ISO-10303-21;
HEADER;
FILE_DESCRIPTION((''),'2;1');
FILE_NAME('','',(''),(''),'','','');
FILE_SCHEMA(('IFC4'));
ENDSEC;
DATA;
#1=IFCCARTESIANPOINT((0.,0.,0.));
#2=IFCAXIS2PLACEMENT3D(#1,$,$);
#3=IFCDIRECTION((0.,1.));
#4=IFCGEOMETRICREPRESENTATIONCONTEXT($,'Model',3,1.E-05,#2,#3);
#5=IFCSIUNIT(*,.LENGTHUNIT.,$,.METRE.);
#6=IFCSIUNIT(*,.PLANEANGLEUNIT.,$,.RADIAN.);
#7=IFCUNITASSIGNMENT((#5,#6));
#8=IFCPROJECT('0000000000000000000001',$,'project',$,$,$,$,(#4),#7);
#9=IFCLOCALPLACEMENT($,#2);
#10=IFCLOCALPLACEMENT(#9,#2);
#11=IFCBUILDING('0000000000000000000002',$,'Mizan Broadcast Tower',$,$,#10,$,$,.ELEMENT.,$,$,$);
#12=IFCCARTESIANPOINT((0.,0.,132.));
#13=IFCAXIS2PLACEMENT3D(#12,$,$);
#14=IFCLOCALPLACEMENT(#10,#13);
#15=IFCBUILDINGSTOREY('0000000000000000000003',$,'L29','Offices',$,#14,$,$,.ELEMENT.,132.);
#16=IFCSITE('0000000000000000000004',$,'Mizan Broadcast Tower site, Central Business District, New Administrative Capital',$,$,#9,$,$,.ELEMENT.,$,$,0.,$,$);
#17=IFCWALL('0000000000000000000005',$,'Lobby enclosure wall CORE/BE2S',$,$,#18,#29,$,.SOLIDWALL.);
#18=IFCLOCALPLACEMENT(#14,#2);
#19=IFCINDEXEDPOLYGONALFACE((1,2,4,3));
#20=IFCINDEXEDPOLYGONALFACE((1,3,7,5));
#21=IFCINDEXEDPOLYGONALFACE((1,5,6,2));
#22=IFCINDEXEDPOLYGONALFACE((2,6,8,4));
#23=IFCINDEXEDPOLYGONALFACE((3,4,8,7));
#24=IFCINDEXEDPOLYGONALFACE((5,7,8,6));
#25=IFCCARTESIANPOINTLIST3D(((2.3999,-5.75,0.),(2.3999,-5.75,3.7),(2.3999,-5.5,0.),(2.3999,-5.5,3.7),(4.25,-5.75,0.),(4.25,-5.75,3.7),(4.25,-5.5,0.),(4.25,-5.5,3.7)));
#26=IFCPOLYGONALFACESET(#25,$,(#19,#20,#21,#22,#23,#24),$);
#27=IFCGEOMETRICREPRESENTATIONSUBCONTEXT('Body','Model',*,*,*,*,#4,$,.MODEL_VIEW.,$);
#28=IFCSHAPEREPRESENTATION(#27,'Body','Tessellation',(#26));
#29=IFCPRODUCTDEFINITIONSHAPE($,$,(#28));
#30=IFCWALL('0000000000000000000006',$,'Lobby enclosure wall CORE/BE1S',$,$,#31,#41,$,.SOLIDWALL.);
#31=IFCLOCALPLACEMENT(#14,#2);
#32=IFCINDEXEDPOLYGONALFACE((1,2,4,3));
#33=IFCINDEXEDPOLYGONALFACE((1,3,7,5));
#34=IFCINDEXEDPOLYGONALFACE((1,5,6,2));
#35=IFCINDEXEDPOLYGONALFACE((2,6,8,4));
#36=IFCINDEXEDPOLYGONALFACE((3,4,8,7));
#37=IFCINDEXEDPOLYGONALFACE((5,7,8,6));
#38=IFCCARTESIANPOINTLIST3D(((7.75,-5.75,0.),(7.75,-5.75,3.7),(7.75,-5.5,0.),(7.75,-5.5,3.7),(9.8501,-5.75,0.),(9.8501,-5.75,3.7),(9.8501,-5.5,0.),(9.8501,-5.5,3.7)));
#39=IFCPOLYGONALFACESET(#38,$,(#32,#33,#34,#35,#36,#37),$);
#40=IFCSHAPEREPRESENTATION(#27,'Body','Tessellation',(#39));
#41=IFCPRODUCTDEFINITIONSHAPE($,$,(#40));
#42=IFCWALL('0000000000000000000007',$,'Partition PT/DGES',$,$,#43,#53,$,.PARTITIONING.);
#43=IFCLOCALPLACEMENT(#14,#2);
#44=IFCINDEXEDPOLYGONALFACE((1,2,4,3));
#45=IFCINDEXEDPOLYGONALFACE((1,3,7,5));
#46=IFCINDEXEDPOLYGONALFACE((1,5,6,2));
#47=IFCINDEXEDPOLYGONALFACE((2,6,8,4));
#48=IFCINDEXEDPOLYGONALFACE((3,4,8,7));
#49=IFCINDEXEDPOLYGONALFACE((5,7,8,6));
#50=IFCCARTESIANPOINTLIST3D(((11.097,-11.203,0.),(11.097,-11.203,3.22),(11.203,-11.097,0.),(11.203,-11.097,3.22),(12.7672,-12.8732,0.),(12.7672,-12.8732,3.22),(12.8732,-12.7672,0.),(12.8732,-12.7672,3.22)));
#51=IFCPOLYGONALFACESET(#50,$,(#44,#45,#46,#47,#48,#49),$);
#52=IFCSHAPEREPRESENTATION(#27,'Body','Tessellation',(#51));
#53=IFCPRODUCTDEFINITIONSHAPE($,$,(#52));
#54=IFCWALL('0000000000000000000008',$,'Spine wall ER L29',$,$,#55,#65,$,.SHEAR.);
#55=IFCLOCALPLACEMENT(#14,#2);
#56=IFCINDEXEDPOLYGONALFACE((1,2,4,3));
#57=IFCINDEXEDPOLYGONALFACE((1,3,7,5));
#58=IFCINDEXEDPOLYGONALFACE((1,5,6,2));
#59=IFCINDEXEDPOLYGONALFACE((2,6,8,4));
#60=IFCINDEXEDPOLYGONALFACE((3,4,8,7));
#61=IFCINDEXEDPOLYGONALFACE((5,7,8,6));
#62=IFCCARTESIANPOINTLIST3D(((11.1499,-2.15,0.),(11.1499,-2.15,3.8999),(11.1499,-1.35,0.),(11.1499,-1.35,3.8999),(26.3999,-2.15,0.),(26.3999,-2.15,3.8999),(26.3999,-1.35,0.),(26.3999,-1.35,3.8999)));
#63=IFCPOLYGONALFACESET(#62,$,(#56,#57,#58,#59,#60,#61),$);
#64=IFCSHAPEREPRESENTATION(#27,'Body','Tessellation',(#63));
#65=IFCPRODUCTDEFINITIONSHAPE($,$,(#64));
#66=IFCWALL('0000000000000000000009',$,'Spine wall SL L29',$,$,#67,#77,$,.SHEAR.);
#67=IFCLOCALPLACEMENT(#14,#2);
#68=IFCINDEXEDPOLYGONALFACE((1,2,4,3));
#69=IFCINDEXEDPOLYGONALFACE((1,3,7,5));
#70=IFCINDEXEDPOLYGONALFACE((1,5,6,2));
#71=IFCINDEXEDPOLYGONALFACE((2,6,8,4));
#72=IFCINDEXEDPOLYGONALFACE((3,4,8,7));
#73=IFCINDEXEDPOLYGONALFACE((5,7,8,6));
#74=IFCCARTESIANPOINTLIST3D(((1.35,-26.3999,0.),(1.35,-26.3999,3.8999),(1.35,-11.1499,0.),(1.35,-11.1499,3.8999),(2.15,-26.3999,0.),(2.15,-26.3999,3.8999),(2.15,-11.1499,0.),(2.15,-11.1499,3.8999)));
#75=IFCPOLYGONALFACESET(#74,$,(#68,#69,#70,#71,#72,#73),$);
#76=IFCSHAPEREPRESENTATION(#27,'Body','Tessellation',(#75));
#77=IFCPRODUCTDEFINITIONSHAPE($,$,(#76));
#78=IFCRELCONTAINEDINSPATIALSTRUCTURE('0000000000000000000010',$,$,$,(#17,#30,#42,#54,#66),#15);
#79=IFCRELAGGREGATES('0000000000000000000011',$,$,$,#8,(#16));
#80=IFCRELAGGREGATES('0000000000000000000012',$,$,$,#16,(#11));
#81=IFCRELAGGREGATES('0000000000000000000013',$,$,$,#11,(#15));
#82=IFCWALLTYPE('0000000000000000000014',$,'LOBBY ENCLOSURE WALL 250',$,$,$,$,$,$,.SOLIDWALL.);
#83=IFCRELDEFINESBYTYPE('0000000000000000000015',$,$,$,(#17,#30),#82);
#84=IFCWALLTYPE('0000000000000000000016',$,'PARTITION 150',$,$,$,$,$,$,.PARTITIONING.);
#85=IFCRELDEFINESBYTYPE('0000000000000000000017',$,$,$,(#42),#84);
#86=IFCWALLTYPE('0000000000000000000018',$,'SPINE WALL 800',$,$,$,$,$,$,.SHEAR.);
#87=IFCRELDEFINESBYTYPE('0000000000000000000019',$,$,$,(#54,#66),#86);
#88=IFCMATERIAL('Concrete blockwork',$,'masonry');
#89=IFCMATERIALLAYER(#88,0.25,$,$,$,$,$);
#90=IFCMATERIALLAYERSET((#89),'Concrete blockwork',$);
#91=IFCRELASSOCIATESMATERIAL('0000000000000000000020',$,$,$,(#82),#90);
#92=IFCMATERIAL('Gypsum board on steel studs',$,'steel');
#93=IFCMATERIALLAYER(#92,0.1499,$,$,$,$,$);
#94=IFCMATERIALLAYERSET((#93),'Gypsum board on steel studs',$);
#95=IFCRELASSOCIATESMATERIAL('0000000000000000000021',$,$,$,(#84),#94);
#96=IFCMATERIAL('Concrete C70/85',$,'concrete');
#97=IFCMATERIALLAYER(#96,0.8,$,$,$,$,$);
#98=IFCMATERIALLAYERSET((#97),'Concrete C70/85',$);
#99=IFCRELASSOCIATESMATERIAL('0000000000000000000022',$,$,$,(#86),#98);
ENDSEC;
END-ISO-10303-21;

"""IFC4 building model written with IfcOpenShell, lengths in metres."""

from ifc_helpers import new_model, si_unit, direction, frame, frame_2d, origin, place, context, subcontext, project, spatial, rectangle, extrude, material, layer, layer_set, type_object, element, save


model = new_model("IFC4")

# Units and contexts
model_context = context("Model", 3, precision=1e-05, world=origin(), true_north=direction((0.0, 1.0)))
body_context = subcontext(model_context, "Body", "Model", "MODEL_VIEW")
ifc_project = project(units=[si_unit("LENGTHUNIT", "METRE"), si_unit("PLANEANGLEUNIT", "RADIAN")], contexts=[model_context])

# Site, building, storey
site_placement = place(None, origin())
site = spatial("IfcSite", under=ifc_project, at=site_placement, Name="Mizan Broadcast Tower site, Central Business District, New Administrative Capital", CompositionType="ELEMENT", RefElevation=0.0)
building_placement = place(site_placement, origin())
building = spatial("IfcBuilding", under=site, at=building_placement, Name="Mizan Broadcast Tower", CompositionType="ELEMENT")
storey_placement = place(building_placement, frame((0.0, 0.0, 132.0)))
storey = spatial("IfcBuildingStorey", under=building, at=storey_placement, Name="L29", Description="Offices", CompositionType="ELEMENT", Elevation=132.0)

# Walls
ifc_material_1 = material(Name="Concrete blockwork", Category="masonry")
ifc_layer_1 = layer(ifc_material_1, 0.25)
ifc_layer_set_1 = layer_set([ifc_layer_1], Name="Concrete blockwork")
wall_type_1 = type_object("IfcWallType", Name="LOBBY ENCLOSURE WALL 250", PredefinedType="SOLIDWALL", material=ifc_layer_set_1)
wall_1_placement = place(storey_placement, frame((2.3999, -5.625, 0.0), z_axis=(0.0, 0.0, 1.0), x_axis=(1.0, 0.0, 0.0)))
element("IfcWall", 1, at=wall_1_placement, inside=storey, type_object=wall_type_1, Name="Lobby enclosure wall CORE/BE2S", PredefinedType="SOLIDWALL", context=body_context, shape_type="SweptSolid", body=[
    extrude(rectangle(XDim=1.8501, YDim=0.25, at=frame_2d((0.925, 0.0))), origin(), (0.0, 0.0, 1.0), 3.7),
])
wall_2_placement = place(storey_placement, frame((7.75, -5.625, 0.0), z_axis=(0.0, 0.0, 1.0), x_axis=(1.0, 0.0, 0.0)))
element("IfcWall", 2, at=wall_2_placement, inside=storey, type_object=wall_type_1, Name="Lobby enclosure wall CORE/BE1S", PredefinedType="SOLIDWALL", context=body_context, shape_type="SweptSolid", body=[
    extrude(rectangle(XDim=2.1001, YDim=0.25, at=frame_2d((1.05, 0.0))), origin(), (0.0, 0.0, 1.0), 3.7),
])
ifc_material_2 = material(Name="Gypsum board on steel studs", Category="steel")
ifc_layer_2 = layer(ifc_material_2, 0.1499)
ifc_layer_set_2 = layer_set([ifc_layer_2], Name="Gypsum board on steel studs")
wall_type_2 = type_object("IfcWallType", Name="PARTITION 150", PredefinedType="PARTITIONING", material=ifc_layer_set_2)
wall_3_placement = place(storey_placement, frame((11.1499, -11.1499, 0.0), z_axis=(0.0, 0.0, 1.0), x_axis=(0.707107, -0.707107, 0.0)))
element("IfcWall", 3, at=wall_3_placement, inside=storey, type_object=wall_type_2, Name="Partition PT/DGES", PredefinedType="PARTITIONING", context=body_context, shape_type="SweptSolid", body=[
    extrude(rectangle(XDim=2.3621, YDim=0.1499, at=frame_2d((1.1812, 0.0))), origin(), (0.0, 0.0, 1.0), 3.22),
])
ifc_material_3 = material(Name="Concrete C70/85", Category="concrete")
ifc_layer_3 = layer(ifc_material_3, 0.8)
ifc_layer_set_3 = layer_set([ifc_layer_3], Name="Concrete C70/85")
wall_type_3 = type_object("IfcWallType", Name="SPINE WALL 800", PredefinedType="SHEAR", material=ifc_layer_set_3)
for number, where, z_axis, x_axis, name in (
    (4, (11.1499, -1.75, 0.0), (0.0, 0.0, 1.0), (1.0, 0.0, 0.0), "Spine wall ER L29"),
    (5, (1.75, -11.1499, 0.0), (0.0, 0.0, 1.0), (0.0, -1.0, 0.0), "Spine wall SL L29"),
):
    element("IfcWall", number, at=place(storey_placement, frame(where, z_axis=z_axis, x_axis=x_axis)), inside=storey, type_object=wall_type_3, Name=name, PredefinedType="SHEAR", context=body_context, shape_type="SweptSolid", body=[
        extrude(rectangle(XDim=15.25, YDim=0.8, at=frame_2d((7.625, 0.0))), origin(), (0.0, 0.0, 1.0), 3.8999),
    ])

save(model, "model.ifc")
